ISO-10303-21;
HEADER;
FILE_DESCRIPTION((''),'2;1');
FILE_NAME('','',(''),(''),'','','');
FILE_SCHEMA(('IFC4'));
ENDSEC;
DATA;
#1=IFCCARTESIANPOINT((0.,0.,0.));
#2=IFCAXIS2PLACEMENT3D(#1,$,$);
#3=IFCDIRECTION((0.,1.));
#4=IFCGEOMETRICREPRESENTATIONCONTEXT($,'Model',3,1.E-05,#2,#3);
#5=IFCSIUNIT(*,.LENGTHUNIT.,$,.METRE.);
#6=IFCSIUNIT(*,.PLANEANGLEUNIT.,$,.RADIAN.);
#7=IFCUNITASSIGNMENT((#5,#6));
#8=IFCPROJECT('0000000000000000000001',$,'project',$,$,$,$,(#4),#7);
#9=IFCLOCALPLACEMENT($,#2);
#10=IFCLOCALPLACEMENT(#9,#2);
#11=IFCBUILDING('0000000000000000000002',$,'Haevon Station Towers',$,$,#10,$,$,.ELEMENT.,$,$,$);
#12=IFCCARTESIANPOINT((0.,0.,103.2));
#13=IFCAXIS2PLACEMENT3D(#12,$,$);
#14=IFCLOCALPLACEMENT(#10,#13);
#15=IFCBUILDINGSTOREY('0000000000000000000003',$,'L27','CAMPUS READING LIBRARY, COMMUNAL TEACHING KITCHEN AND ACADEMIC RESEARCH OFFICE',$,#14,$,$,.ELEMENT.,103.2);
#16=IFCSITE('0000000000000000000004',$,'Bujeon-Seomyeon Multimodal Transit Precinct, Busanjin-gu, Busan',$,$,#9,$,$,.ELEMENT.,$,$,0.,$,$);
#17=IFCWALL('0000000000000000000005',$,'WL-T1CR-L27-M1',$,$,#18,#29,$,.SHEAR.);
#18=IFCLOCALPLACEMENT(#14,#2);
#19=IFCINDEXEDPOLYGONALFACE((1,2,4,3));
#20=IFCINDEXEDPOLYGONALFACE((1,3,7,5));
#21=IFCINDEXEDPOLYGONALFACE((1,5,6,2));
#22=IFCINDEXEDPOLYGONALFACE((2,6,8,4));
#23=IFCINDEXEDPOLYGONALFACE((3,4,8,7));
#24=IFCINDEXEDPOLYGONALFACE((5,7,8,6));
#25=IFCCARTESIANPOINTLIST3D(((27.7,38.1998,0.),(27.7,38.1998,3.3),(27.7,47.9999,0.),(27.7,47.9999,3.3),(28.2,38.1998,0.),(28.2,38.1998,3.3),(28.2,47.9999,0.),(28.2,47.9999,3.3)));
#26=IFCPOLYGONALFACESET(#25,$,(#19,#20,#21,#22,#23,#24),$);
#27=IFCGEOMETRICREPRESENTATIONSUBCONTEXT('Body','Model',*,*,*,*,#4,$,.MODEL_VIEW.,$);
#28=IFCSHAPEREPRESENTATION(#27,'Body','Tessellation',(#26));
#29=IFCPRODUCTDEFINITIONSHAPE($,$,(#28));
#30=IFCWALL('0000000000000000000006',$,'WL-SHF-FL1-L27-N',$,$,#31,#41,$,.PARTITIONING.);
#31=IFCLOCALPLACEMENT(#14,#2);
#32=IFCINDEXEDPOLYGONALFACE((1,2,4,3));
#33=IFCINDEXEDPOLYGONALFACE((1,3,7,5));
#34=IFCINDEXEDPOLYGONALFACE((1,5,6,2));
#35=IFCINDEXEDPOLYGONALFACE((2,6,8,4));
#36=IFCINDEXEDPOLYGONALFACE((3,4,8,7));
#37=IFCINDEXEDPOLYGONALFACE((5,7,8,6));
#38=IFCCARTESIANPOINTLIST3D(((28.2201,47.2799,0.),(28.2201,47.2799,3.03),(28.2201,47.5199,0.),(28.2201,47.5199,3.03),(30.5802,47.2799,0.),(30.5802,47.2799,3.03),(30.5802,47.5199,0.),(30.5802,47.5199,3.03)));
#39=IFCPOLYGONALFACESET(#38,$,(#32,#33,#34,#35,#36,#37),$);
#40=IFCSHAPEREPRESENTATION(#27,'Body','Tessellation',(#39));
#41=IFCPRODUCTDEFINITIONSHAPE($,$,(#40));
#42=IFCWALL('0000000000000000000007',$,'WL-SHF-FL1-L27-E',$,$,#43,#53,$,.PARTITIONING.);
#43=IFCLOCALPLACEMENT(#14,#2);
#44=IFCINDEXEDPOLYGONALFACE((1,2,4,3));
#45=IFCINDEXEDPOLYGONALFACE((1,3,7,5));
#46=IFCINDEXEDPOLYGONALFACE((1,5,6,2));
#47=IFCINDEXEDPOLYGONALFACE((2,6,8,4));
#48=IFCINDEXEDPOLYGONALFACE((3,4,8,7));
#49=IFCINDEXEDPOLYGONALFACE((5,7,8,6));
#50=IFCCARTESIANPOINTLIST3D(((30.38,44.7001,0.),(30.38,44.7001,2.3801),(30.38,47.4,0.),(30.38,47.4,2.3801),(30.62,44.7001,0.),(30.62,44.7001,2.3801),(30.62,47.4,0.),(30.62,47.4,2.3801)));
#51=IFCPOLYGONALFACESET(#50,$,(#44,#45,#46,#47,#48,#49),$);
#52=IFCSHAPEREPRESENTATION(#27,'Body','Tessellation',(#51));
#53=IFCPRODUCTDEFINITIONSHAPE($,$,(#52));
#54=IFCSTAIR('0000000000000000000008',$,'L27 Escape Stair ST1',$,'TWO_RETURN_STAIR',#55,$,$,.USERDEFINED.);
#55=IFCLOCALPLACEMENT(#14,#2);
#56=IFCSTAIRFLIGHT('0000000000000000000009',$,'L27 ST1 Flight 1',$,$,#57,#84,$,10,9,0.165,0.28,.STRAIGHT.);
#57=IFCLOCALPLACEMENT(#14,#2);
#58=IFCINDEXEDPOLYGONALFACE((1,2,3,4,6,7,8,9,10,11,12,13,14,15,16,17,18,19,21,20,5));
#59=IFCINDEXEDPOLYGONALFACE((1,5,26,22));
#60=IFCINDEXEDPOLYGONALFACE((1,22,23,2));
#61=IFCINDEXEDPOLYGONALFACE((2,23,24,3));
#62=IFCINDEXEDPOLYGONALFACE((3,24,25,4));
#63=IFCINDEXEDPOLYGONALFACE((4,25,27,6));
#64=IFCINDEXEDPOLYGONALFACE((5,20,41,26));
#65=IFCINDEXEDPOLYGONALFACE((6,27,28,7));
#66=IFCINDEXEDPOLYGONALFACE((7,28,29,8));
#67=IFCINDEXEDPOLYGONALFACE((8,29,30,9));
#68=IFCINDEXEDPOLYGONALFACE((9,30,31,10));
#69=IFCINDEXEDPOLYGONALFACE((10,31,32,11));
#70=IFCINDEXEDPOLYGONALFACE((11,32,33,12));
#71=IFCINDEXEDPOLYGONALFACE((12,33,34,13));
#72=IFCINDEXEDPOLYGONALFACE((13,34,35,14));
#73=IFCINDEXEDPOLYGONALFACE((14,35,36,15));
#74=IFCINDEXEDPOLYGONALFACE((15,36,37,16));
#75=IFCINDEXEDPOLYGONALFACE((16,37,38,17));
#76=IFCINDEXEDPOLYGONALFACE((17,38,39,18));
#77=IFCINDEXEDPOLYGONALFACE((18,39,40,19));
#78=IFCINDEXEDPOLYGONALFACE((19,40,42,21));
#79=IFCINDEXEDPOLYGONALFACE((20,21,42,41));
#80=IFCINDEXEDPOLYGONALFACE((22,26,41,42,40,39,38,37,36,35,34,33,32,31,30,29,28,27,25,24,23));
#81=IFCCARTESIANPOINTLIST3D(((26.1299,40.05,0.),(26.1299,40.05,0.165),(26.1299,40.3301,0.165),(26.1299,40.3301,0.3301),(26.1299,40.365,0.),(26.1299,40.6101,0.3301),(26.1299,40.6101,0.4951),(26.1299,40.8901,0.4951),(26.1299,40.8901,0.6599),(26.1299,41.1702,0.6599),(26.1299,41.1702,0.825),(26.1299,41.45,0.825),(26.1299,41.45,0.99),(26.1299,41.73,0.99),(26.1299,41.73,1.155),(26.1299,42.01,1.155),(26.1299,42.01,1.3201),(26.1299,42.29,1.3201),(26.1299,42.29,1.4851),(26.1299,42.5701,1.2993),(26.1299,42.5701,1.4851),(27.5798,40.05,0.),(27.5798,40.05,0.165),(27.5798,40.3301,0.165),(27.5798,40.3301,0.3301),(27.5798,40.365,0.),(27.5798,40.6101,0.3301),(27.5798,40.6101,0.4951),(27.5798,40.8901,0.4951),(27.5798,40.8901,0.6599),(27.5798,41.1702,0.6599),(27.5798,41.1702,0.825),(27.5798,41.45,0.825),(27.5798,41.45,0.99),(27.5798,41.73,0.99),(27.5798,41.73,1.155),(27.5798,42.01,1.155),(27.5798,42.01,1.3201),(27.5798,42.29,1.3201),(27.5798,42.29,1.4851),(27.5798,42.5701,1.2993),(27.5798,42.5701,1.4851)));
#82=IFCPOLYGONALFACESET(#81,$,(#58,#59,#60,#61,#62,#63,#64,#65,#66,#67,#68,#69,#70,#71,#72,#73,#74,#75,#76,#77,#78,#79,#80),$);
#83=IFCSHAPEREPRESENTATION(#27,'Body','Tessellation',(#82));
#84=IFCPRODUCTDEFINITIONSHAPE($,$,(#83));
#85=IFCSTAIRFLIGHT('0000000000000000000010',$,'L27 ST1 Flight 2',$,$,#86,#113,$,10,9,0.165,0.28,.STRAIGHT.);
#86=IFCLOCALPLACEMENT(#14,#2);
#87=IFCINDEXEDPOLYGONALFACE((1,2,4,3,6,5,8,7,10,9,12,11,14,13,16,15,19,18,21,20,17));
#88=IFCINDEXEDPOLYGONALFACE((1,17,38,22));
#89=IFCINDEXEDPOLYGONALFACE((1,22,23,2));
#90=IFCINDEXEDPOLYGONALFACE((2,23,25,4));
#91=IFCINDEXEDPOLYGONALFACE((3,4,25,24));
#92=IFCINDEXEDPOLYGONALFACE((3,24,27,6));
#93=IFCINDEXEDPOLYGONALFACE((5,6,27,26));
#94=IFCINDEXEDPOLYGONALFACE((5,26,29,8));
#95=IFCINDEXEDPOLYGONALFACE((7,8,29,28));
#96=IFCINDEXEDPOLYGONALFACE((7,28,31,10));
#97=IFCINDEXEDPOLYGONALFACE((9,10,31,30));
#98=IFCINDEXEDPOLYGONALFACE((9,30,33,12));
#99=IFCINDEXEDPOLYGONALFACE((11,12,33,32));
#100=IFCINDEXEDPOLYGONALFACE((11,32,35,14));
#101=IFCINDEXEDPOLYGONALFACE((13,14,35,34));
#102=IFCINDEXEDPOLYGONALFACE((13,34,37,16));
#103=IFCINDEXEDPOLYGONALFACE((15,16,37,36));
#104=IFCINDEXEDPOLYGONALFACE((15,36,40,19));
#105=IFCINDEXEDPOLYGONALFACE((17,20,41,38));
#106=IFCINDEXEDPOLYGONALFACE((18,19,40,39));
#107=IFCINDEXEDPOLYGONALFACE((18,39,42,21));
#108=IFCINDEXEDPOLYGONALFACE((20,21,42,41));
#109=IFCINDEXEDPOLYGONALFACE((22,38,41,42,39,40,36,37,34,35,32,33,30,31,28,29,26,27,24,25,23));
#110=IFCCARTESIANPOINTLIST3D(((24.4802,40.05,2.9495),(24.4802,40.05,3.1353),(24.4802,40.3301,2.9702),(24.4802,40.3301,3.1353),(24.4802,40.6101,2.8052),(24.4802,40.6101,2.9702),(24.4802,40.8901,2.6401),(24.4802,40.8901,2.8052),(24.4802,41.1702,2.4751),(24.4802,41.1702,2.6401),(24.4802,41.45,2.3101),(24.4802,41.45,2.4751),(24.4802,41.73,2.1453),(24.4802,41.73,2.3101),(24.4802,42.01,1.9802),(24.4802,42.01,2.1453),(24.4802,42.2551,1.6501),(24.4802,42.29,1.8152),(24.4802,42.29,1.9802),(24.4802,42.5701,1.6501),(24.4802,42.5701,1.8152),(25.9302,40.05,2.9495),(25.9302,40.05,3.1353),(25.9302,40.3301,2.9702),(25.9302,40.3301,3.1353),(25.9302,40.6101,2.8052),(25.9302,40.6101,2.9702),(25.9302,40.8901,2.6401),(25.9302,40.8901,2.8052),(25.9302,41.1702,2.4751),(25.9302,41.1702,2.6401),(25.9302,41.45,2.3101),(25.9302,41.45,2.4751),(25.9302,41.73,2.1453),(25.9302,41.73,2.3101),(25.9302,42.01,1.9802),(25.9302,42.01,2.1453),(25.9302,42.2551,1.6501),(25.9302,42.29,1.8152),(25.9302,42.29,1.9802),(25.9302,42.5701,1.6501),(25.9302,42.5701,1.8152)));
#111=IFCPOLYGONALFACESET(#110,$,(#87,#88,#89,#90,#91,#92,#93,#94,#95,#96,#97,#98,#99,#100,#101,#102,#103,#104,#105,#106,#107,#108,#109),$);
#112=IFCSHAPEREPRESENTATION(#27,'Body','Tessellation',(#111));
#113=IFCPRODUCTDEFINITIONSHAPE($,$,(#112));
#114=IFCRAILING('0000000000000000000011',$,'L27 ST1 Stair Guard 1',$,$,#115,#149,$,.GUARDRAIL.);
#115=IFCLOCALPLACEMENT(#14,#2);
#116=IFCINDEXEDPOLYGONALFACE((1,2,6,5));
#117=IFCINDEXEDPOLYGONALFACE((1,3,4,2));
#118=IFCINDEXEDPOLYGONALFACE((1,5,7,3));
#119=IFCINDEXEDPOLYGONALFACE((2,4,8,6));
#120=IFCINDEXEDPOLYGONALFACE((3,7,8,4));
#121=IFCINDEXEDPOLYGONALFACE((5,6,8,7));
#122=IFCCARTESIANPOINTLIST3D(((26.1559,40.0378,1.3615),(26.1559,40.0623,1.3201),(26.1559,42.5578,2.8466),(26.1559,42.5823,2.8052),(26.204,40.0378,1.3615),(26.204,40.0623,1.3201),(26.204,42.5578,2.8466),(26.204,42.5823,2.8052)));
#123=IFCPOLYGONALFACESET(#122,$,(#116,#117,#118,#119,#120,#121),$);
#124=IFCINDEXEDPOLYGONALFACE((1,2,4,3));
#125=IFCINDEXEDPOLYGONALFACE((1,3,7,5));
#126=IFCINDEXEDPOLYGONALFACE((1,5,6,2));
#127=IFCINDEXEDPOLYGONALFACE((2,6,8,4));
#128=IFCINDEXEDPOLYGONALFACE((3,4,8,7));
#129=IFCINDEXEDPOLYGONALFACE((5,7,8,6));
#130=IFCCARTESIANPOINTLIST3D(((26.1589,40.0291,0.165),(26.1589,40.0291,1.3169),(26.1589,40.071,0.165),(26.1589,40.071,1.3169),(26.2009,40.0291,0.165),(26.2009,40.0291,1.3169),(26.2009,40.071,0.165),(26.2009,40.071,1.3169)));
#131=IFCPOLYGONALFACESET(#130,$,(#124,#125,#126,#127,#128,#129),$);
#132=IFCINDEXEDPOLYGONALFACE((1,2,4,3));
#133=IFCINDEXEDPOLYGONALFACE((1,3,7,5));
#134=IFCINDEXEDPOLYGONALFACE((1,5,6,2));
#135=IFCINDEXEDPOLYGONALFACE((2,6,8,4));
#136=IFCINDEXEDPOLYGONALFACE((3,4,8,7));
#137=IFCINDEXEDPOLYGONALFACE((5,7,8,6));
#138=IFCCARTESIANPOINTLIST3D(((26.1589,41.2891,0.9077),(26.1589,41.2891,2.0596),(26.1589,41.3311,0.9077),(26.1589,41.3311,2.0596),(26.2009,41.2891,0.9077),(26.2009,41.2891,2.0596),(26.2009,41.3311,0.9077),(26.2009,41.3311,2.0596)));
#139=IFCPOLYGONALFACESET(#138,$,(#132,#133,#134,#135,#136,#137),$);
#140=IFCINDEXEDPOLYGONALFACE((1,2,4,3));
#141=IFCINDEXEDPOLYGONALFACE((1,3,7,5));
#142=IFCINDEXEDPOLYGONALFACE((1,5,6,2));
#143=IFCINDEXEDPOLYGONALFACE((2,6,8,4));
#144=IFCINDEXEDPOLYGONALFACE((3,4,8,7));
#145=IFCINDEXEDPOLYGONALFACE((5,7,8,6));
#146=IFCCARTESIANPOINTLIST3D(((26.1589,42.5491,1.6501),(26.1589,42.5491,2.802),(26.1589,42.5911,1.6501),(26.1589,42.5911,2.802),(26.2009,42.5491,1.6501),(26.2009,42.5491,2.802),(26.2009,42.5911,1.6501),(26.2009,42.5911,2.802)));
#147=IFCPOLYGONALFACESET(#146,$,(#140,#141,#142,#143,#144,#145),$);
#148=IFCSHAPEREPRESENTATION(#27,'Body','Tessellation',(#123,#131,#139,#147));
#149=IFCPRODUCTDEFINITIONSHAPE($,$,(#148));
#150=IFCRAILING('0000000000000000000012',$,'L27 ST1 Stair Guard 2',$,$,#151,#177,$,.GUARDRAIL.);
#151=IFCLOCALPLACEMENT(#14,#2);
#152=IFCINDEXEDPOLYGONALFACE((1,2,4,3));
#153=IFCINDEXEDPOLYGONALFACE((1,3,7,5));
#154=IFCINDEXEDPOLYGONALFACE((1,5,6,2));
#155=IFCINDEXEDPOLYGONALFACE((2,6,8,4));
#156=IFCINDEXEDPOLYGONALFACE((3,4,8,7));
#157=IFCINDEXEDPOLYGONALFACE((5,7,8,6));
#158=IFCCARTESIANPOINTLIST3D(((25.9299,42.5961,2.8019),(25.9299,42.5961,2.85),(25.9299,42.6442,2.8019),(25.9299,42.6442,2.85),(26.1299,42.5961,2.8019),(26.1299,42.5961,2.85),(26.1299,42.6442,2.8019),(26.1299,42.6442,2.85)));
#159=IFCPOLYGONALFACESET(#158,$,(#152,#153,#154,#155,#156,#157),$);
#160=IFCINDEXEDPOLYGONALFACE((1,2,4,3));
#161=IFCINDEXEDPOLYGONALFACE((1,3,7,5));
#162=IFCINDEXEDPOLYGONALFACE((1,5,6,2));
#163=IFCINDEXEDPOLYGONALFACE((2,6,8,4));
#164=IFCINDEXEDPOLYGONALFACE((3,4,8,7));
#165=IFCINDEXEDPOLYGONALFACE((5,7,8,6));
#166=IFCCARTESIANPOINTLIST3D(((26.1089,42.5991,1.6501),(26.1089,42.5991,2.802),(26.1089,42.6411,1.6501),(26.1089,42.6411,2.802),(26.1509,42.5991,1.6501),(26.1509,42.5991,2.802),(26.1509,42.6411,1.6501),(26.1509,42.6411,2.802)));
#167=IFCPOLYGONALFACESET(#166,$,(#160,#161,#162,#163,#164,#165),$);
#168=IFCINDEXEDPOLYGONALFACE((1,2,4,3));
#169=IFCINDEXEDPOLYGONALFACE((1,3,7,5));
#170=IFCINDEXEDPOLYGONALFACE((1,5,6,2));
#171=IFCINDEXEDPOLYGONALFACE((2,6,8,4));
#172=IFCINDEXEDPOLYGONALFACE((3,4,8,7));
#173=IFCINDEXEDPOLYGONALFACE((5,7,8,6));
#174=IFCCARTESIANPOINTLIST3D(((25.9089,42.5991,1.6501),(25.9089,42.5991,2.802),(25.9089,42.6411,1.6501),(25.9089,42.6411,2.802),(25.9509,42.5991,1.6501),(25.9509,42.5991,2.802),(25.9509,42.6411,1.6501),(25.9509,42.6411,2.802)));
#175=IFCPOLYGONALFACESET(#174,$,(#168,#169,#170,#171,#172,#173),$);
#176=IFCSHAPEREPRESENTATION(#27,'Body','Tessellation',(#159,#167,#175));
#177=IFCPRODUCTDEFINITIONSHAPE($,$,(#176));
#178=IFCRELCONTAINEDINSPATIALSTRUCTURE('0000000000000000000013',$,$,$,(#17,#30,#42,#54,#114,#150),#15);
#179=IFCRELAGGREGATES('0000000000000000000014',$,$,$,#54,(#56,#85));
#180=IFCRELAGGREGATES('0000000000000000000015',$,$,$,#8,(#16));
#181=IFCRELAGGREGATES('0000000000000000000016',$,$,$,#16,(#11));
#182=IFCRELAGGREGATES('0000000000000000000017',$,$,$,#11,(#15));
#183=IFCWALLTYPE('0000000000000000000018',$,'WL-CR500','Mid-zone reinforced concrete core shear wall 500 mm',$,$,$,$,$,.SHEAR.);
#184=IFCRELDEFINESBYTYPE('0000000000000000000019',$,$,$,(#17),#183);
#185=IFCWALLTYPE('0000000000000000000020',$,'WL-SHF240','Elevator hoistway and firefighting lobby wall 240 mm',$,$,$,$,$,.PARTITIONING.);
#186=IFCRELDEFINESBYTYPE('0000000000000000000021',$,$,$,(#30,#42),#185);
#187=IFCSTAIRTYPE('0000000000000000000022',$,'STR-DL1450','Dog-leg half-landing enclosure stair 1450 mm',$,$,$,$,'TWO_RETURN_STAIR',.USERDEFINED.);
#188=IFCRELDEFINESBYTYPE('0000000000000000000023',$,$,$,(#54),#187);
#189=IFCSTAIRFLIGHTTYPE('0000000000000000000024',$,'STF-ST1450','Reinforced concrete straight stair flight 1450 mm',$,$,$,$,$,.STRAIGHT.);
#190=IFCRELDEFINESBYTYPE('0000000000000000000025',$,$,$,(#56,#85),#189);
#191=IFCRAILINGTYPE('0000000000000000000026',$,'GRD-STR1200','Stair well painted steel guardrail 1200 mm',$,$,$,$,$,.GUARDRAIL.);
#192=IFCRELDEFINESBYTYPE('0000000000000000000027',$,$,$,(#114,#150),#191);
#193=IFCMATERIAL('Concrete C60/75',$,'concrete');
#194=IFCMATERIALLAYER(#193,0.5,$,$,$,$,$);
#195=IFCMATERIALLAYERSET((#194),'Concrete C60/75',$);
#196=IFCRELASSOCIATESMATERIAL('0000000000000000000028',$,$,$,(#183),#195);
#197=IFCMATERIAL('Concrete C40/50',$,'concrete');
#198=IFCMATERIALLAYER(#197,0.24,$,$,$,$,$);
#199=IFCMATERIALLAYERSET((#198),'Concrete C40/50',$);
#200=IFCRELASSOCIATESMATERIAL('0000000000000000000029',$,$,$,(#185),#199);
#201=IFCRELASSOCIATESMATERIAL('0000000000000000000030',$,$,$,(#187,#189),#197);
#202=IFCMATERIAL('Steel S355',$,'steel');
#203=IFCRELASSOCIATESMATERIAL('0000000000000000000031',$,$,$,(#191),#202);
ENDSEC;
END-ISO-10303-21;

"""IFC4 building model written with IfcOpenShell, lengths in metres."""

from ifc_helpers import new_model, si_unit, direction, frame, frame_2d, origin, origin_2d, place, context, subcontext, project, spatial, polyline, rectangle, outline, extrude, material, layer, layer_set, type_object, element, aggregate, save


model = new_model("IFC4")

# Units and contexts
model_context = context("Model", 3, precision=1e-05, world=origin(), true_north=direction((0.0, 1.0)))
body_context = subcontext(model_context, "Body", "Model", "MODEL_VIEW")
ifc_project = project(units=[si_unit("LENGTHUNIT", "METRE"), si_unit("PLANEANGLEUNIT", "RADIAN")], contexts=[model_context])

# Site, building, storey
site_placement = place(None, origin())
site = spatial("IfcSite", under=ifc_project, at=site_placement, Name="Bujeon-Seomyeon Multimodal Transit Precinct, Busanjin-gu, Busan", CompositionType="ELEMENT", RefElevation=0.0)
building_placement = place(site_placement, origin())
building = spatial("IfcBuilding", under=site, at=building_placement, Name="Haevon Station Towers", CompositionType="ELEMENT")
storey_placement = place(building_placement, frame((0.0, 0.0, 103.2)))
storey = spatial("IfcBuildingStorey", under=building, at=storey_placement, Name="L27", Description="CAMPUS READING LIBRARY, COMMUNAL TEACHING KITCHEN AND ACADEMIC RESEARCH OFFICE", CompositionType="ELEMENT", Elevation=103.2)

# Shared definitions
ifc_material_1 = material(Name="Steel S355", Category="steel")

# Wall
ifc_material_2 = material(Name="Concrete C60/75", Category="concrete")
ifc_layer_1 = layer(ifc_material_2, 0.5)
ifc_layer_set_1 = layer_set([ifc_layer_1], Name="Concrete C60/75")
wall_type_1 = type_object("IfcWallType", Name="WL-CR500", Description="Mid-zone reinforced concrete core shear wall 500 mm", PredefinedType="SHEAR", material=ifc_layer_set_1)
wall_1_placement = place(storey_placement, frame((27.95, 38.2, 0.0), z_axis=(0.0, 0.0, 1.0), x_axis=(0.0, 1.0, 0.0)))
element("IfcWall", 1, at=wall_1_placement, inside=storey, type_object=wall_type_1, Name="WL-T1CR-L27-M1", PredefinedType="SHEAR", context=body_context, shape_type="SweptSolid", body=[
    extrude(rectangle(XDim=9.8, YDim=0.5, at=frame_2d((4.8999, 0.0))), origin(), (0.0, 0.0, 1.0), 3.3),
])

# Shared definitions
ifc_material_3 = material(Name="Concrete C40/50", Category="concrete")
ifc_layer_2 = layer(ifc_material_3, 0.24)
ifc_layer_set_2 = layer_set([ifc_layer_2], Name="Concrete C40/50")
wall_type_2 = type_object("IfcWallType", Name="WL-SHF240", Description="Elevator hoistway and firefighting lobby wall 240 mm", PredefinedType="PARTITIONING", material=ifc_layer_set_2)

# Walls
wall_2_placement = place(storey_placement, frame((28.22, 47.3999, 0.0), z_axis=(0.0, 0.0, 1.0), x_axis=(1.0, 0.0, 0.0)))
element("IfcWall", 2, at=wall_2_placement, inside=storey, type_object=wall_type_2, Name="WL-SHF-FL1-L27-N", PredefinedType="PARTITIONING", context=body_context, shape_type="SweptSolid", body=[
    extrude(rectangle(XDim=2.3601, YDim=0.24, at=frame_2d((1.1802, 0.0))), origin(), (0.0, 0.0, 1.0), 3.03),
])
wall_3_placement = place(storey_placement, frame((30.5, 44.7, 0.0), z_axis=(0.0, 0.0, 1.0), x_axis=(0.0, 1.0, 0.0)))
element("IfcWall", 3, at=wall_3_placement, inside=storey, type_object=wall_type_2, Name="WL-SHF-FL1-L27-E", PredefinedType="PARTITIONING", context=body_context, shape_type="SweptSolid", body=[
    extrude(rectangle(XDim=2.7, YDim=0.24, at=frame_2d((1.3501, 0.0))), origin(), (0.0, 0.0, 1.0), 2.3801),
])

# Stair, stair flights
stair_type = type_object("IfcStairType", Name="STR-DL1450", Description="Dog-leg half-landing enclosure stair 1450 mm", ElementType="TWO_RETURN_STAIR", PredefinedType="USERDEFINED", material=ifc_material_3)
stair_placement = place(storey_placement, origin())
stair = element("IfcStair", 4, at=stair_placement, inside=storey, type_object=stair_type, Name="L27 Escape Stair ST1", ObjectType="TWO_RETURN_STAIR", PredefinedType="USERDEFINED")
stair_flight_type = type_object("IfcStairFlightType", Name="STF-ST1450", Description="Reinforced concrete straight stair flight 1450 mm", PredefinedType="STRAIGHT", material=ifc_material_3)
stair_flight_1_placement = place(storey_placement, frame((26.855, 40.05, 0.0), z_axis=(0.0, 0.0, 1.0), x_axis=(0.0, 1.0, 0.0)))
stair_flight_1 = element("IfcStairFlight", 5, at=stair_flight_1_placement, type_object=stair_flight_type, Name="L27 ST1 Flight 1", NumberOfRisers=10, NumberOfTreads=9, PredefinedType="STRAIGHT", RiserHeight=0.165, TreadLength=0.28, context=body_context, shape_type="SweptSolid", body=[
    extrude(outline(polyline([(0.0, 0.0), (0.0, 0.165), (0.28, 0.165), (0.28, 0.3301), (0.5601, 0.3301), (0.5601, 0.4951), (0.8401, 0.4951), (0.8401, 0.6599), (1.1201, 0.6599), (1.1201, 0.825), (1.3999, 0.825), (1.3999, 0.99), (1.6799, 0.99), (1.6799, 1.155), (1.96, 1.155), (1.96, 1.3201), (2.24, 1.3201), (2.24, 1.4851), (2.52, 1.4851), (2.52, 1.6499), (2.52, 1.2993), (0.3149, 0.0), (0.0, 0.0)])), frame((0.0, 0.7251, 0.0), z_axis=(0.0, -1.0, 0.0), x_axis=(1.0, 0.0, 0.0)), (0.0, 0.0, 1.0), 1.45),
])
stair_flight_2_placement = place(storey_placement, frame((25.2051, 42.5701, 1.6501), z_axis=(0.0, 0.0, 1.0), x_axis=(0.0, -1.0, 0.0)))
stair_flight_2 = element("IfcStairFlight", 6, at=stair_flight_2_placement, type_object=stair_flight_type, Name="L27 ST1 Flight 2", NumberOfRisers=10, NumberOfTreads=9, PredefinedType="STRAIGHT", RiserHeight=0.165, TreadLength=0.28, context=body_context, shape_type="SweptSolid", body=[
    extrude(outline(polyline([(0.0, 0.0), (0.0, 0.165), (0.28, 0.165), (0.28, 0.3301), (0.5601, 0.3301), (0.5601, 0.4951), (0.8401, 0.4951), (0.8401, 0.6599), (1.1201, 0.6599), (1.1201, 0.825), (1.3999, 0.825), (1.3999, 0.99), (1.6799, 0.99), (1.6799, 1.155), (1.96, 1.155), (1.96, 1.3201), (2.24, 1.3201), (2.24, 1.4851), (2.52, 1.4851), (2.52, 1.6499), (2.52, 1.2993), (0.3149, 0.0), (0.0, 0.0)])), frame((0.0, 0.7251, 0.0), z_axis=(0.0, -1.0, 0.0), x_axis=(1.0, 0.0, 0.0)), (0.0, 0.0, 1.0), 1.45),
])
aggregate(stair, [stair_flight_1, stair_flight_2])

# Railings
railing_type_1 = type_object("IfcRailingType", Name="GRD-STR1200", Description="Stair well painted steel guardrail 1200 mm", PredefinedType="GUARDRAIL", material=ifc_material_1)
railing_1_placement = place(storey_placement, frame((26.1799, 40.05, 0.165)))
element("IfcRailing", 7, at=railing_1_placement, inside=storey, type_object=railing_type_1, Name="L27 ST1 Stair Guard 1", PredefinedType="GUARDRAIL", context=body_context, shape_type="SweptSolid", body=[
    extrude(rectangle(XDim=0.0481, YDim=0.0481, at=origin_2d()), frame((0.0, 0.0, 1.1758), z_axis=(0.0, 0.861524, 0.507717), x_axis=(-1.0, 0.0, 0.0)), (0.0, 0.0, 1.0), 2.925),
    extrude(rectangle(XDim=0.042, YDim=0.042, at=origin_2d()), origin(), (0.0, 0.0, 1.0), 1.1519),
    extrude(rectangle(XDim=0.042, YDim=0.042, at=origin_2d()), frame((0.0, 1.26, 0.7427)), (0.0, 0.0, 1.0), 1.1519),
    extrude(rectangle(XDim=0.042, YDim=0.042, at=origin_2d()), frame((0.0, 2.52, 1.4851)), (0.0, 0.0, 1.0), 1.1519),
])
railing_2_placement = place(storey_placement, frame((26.1299, 42.6201, 1.6501)))
element("IfcRailing", 8, at=railing_2_placement, inside=storey, type_object=railing_type_1, Name="L27 ST1 Stair Guard 2", PredefinedType="GUARDRAIL", context=body_context, shape_type="SweptSolid", body=[
    extrude(rectangle(XDim=0.0481, YDim=0.0481, at=origin_2d()), frame((0.0, 0.0, 1.1758), z_axis=(-1.0, 0.0, 0.0), x_axis=(0.0, -1.0, 0.0)), (0.0, 0.0, 1.0), 0.2),
    extrude(rectangle(XDim=0.042, YDim=0.042, at=origin_2d()), origin(), (0.0, 0.0, 1.0), 1.1519),
    extrude(rectangle(XDim=0.042, YDim=0.042, at=origin_2d()), frame((-0.2, 0.0, 0.0)), (0.0, 0.0, 1.0), 1.1519),
])

save(model, "model.ifc")
